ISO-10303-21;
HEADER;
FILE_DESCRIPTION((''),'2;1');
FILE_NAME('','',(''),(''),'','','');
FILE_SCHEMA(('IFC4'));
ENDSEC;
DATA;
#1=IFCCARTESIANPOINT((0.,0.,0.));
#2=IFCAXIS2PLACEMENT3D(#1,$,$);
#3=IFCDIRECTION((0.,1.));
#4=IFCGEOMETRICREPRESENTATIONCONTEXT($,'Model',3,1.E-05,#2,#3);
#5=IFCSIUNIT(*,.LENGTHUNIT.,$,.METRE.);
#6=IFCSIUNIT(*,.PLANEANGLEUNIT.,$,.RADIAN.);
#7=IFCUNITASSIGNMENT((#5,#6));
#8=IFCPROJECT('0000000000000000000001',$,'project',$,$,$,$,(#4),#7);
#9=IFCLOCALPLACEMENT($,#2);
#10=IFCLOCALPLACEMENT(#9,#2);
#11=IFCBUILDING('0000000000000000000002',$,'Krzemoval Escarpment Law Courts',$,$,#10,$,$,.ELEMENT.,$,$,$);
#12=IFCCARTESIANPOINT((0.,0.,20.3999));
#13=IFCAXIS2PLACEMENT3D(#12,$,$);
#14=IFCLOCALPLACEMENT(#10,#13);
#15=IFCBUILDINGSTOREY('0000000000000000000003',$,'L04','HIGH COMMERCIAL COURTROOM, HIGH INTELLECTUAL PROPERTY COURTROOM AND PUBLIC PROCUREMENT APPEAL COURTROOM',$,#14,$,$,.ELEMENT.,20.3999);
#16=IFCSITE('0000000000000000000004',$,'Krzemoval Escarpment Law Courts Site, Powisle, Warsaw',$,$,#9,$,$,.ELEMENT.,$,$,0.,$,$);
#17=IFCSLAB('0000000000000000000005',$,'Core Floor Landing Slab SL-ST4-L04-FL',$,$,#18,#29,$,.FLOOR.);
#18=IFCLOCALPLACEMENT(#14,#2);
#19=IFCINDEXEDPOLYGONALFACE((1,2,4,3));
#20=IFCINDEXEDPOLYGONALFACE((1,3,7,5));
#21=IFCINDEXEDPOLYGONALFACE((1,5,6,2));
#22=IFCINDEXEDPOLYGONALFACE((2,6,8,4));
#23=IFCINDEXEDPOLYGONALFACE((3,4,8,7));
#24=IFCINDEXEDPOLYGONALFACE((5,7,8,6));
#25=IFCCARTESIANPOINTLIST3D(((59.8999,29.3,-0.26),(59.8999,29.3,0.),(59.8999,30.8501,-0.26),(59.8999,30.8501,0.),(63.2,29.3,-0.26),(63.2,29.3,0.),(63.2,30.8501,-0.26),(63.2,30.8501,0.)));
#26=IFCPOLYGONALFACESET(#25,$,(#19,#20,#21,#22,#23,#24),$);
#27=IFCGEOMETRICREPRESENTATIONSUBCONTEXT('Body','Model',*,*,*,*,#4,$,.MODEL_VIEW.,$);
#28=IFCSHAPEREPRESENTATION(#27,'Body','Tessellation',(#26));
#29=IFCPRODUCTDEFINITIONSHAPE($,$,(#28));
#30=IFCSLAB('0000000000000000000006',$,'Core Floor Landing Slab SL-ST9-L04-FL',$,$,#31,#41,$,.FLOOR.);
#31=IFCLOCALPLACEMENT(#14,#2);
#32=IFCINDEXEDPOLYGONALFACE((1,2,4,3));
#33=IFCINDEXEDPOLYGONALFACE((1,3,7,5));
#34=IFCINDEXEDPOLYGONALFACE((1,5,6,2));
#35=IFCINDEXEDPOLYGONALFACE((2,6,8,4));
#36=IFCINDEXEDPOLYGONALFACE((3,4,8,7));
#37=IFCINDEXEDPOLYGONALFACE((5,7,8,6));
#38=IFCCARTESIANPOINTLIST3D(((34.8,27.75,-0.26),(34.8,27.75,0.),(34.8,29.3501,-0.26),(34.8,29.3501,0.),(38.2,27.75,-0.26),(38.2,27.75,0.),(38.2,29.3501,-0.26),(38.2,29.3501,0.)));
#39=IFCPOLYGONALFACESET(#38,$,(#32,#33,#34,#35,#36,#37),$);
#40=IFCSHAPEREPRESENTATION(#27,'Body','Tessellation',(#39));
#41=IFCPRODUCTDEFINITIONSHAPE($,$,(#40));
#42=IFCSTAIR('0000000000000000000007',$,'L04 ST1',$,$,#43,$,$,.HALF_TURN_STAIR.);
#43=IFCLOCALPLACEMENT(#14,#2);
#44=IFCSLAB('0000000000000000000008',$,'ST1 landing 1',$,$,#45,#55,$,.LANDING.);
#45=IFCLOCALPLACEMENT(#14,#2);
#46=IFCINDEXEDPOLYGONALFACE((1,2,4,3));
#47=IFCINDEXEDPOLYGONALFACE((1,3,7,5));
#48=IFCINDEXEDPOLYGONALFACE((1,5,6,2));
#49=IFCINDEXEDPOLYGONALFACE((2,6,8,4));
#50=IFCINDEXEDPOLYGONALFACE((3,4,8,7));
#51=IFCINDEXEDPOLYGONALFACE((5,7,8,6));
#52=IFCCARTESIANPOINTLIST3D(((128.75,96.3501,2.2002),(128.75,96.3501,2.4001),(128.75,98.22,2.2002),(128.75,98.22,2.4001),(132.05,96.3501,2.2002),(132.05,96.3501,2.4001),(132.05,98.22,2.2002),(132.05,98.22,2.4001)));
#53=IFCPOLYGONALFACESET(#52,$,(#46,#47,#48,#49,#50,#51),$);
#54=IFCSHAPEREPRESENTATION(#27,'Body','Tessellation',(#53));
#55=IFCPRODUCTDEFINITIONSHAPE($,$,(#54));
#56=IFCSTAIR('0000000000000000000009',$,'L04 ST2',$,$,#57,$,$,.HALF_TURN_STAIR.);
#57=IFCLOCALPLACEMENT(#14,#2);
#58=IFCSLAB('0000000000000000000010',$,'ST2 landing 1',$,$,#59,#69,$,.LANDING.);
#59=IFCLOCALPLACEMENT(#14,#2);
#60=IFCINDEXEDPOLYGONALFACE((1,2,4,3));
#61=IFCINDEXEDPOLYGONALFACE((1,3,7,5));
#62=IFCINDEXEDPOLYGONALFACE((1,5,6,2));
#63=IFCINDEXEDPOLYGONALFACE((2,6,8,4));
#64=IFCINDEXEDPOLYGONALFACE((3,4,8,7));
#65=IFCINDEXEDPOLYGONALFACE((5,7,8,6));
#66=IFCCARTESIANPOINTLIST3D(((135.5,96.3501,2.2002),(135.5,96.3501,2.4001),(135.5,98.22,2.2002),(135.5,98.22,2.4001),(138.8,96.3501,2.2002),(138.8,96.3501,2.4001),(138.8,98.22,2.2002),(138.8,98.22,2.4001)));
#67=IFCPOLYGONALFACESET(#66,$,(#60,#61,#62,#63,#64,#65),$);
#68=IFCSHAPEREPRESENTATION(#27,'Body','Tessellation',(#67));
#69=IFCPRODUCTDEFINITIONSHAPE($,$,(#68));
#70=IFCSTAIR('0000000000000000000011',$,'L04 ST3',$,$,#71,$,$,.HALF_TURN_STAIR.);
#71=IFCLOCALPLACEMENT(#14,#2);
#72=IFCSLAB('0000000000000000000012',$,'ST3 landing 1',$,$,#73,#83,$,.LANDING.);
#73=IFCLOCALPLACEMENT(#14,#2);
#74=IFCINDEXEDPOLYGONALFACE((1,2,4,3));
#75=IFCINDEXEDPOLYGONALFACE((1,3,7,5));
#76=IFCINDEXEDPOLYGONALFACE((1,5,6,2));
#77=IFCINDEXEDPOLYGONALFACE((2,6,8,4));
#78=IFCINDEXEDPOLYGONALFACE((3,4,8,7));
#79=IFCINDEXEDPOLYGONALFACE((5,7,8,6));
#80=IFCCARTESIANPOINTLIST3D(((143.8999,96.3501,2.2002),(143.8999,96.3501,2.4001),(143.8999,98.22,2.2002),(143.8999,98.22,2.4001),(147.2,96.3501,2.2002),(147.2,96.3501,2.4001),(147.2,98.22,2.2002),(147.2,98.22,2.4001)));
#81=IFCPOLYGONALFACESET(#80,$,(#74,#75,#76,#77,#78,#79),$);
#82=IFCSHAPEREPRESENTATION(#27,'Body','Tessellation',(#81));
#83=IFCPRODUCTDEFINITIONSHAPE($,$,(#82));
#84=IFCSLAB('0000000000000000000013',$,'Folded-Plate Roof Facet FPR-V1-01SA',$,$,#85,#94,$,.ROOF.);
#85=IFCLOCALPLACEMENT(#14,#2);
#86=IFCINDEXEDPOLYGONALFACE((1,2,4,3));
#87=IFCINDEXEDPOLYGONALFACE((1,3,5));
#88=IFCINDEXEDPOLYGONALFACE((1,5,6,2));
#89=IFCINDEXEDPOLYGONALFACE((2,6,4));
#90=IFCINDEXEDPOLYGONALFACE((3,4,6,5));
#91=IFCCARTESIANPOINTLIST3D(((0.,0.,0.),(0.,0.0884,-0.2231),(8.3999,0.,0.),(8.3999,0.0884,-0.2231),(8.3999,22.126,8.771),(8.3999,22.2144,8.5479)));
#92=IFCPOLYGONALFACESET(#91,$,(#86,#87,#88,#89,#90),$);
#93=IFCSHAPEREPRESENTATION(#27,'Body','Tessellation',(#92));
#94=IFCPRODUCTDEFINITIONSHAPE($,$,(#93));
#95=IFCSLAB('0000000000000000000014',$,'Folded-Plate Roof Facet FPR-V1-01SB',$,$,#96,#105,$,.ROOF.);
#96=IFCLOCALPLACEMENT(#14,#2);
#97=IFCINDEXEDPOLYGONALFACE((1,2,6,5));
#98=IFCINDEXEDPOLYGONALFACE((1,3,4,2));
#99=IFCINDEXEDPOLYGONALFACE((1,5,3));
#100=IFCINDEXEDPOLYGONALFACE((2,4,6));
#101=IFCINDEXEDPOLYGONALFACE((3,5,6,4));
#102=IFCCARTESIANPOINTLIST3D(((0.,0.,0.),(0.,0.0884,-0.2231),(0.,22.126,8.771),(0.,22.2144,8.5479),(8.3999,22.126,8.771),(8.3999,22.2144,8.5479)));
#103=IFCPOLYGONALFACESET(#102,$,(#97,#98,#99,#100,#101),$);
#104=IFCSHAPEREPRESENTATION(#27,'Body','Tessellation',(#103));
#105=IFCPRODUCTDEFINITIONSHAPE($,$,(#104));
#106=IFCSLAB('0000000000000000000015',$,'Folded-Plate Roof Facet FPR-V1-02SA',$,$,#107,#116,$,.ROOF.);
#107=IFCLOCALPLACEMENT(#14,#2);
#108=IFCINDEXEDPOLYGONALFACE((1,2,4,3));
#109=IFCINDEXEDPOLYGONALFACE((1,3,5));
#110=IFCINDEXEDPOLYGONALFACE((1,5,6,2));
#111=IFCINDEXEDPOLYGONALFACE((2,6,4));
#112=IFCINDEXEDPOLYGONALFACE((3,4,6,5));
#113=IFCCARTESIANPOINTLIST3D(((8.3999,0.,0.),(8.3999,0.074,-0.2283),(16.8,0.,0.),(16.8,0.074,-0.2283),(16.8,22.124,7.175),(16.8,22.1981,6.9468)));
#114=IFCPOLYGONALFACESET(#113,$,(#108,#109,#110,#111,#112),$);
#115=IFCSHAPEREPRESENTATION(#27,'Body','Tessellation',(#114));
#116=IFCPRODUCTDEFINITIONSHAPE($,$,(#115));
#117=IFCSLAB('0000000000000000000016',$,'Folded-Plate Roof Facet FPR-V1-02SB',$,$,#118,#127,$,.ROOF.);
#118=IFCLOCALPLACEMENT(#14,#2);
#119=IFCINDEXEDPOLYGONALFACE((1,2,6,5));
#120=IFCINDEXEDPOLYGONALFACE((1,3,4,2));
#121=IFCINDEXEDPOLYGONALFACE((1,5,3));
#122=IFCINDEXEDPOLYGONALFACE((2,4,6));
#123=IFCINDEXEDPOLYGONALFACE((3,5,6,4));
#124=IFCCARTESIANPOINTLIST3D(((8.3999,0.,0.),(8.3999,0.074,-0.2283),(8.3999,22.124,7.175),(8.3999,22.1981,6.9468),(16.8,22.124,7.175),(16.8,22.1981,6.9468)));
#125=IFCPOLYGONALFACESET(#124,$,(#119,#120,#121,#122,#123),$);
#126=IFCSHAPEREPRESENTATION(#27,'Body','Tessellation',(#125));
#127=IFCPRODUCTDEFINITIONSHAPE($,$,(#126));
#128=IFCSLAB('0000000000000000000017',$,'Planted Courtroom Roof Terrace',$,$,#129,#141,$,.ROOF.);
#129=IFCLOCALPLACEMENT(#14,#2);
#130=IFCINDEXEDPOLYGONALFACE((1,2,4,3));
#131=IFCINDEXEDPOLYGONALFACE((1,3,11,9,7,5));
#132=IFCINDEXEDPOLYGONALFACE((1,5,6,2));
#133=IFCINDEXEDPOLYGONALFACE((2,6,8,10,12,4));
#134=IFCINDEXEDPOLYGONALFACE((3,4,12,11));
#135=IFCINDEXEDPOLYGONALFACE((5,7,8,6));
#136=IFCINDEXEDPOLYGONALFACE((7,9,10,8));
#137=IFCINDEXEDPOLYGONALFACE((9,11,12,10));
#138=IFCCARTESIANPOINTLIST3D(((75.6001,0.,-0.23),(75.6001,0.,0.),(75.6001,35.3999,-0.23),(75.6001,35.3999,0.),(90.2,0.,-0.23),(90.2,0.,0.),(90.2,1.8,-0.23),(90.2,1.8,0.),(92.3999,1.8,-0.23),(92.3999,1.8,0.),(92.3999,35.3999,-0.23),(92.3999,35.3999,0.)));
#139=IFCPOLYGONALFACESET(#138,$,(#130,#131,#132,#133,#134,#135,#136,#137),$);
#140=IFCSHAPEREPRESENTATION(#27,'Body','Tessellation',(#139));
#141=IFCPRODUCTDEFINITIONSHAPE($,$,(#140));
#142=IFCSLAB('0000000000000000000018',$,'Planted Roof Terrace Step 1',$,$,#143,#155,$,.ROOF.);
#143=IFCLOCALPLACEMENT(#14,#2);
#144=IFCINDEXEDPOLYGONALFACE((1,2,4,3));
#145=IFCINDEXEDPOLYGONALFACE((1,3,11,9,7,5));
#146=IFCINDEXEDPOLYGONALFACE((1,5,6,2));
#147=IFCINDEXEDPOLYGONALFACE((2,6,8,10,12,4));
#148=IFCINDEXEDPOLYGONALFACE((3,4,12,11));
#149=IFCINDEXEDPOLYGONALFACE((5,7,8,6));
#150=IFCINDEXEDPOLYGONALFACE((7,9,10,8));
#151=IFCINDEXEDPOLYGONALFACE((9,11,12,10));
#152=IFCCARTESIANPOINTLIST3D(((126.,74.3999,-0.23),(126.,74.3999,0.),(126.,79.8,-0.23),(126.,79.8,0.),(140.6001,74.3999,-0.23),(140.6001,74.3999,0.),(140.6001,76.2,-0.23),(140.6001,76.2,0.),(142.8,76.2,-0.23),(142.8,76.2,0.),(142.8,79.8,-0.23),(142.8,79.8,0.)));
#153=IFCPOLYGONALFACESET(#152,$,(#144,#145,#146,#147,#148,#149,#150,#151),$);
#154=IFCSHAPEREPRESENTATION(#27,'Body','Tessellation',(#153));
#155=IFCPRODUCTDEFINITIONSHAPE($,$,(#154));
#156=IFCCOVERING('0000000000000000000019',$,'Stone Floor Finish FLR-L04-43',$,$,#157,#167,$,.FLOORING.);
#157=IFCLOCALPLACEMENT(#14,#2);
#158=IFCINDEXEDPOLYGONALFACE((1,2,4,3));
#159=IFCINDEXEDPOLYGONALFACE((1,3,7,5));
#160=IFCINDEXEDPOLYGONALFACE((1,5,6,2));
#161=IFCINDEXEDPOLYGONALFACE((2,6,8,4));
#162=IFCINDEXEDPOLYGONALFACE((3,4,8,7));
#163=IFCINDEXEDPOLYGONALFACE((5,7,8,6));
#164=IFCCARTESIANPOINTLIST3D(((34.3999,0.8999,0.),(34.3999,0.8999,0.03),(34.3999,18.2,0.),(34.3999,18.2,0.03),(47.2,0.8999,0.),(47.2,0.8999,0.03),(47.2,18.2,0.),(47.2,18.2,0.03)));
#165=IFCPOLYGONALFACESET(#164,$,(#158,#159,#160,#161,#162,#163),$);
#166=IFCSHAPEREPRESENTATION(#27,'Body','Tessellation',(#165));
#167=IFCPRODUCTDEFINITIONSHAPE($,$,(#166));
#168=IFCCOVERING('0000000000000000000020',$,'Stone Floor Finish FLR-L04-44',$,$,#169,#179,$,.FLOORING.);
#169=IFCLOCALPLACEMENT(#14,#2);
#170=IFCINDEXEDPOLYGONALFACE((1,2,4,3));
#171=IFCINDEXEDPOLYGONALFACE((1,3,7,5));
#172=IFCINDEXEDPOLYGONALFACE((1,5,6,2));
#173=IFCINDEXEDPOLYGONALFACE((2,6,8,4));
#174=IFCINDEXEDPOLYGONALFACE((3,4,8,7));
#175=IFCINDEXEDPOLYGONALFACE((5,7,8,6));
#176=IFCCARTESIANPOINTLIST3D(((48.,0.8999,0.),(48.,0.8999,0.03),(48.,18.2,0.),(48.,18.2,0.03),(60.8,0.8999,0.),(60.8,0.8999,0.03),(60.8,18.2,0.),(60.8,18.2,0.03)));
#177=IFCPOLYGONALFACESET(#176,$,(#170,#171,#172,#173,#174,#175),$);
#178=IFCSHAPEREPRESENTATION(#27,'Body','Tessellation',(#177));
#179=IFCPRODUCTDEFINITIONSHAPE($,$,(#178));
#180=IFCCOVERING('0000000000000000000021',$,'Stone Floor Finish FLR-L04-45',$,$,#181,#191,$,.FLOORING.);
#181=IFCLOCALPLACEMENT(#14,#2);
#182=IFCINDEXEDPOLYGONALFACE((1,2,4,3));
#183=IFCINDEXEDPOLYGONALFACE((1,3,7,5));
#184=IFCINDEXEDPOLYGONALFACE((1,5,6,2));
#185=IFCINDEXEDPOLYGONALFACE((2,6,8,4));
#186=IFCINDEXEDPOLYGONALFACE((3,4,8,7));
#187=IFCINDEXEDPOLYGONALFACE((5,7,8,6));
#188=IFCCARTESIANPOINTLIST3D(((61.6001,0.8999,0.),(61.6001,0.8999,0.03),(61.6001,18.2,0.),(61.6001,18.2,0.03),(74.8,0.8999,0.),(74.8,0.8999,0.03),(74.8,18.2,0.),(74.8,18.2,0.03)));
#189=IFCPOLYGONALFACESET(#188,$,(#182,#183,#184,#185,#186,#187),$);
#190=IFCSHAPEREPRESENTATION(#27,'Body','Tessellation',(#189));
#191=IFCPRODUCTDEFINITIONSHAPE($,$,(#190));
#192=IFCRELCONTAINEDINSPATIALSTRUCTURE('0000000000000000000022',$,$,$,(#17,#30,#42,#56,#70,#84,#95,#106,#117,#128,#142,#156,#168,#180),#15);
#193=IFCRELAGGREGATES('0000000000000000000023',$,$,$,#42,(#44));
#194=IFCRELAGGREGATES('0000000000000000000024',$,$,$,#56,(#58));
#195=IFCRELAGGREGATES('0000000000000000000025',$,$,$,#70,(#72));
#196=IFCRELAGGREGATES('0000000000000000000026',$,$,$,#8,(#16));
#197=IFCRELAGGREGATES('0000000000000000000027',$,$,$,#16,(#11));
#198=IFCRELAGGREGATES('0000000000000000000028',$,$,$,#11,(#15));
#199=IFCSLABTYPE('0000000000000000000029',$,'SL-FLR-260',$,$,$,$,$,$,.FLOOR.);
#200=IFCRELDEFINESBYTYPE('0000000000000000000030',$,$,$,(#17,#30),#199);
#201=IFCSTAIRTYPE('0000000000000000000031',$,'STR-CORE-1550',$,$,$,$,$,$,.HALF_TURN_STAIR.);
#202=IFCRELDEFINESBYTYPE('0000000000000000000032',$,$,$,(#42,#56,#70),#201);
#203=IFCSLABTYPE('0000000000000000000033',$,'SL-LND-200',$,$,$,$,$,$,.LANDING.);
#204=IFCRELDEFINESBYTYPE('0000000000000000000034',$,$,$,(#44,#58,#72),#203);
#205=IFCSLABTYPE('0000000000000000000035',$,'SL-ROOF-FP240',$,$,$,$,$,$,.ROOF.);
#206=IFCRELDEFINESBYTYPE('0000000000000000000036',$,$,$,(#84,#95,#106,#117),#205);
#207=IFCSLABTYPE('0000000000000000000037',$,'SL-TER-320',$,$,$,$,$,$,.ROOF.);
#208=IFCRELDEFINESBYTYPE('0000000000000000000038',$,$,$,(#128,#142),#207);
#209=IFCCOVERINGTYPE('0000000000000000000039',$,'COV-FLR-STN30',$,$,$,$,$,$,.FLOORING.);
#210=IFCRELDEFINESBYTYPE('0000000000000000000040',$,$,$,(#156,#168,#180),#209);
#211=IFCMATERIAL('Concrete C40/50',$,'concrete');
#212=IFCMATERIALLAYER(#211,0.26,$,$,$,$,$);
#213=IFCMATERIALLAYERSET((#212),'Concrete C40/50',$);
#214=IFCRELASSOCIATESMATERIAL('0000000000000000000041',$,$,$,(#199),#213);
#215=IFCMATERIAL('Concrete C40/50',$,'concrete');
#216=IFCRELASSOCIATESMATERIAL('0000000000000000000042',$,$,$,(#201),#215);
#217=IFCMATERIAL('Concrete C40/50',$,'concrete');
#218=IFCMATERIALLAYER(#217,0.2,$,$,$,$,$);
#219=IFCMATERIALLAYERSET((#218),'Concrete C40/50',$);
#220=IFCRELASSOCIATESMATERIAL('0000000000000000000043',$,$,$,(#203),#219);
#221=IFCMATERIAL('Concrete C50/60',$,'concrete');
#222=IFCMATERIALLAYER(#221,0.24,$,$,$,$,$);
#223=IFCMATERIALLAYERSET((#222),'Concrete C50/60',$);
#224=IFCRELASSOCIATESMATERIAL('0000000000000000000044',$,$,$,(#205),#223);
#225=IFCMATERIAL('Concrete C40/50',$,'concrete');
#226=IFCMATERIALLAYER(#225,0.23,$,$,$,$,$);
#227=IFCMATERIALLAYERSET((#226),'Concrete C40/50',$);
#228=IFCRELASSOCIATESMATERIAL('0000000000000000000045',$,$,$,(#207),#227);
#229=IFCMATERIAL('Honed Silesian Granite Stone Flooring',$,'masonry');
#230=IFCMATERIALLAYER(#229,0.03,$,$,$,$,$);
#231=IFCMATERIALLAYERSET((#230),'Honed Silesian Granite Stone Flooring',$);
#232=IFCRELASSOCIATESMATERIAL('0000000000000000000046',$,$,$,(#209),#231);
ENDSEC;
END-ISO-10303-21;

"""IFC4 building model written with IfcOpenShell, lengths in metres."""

from ifc_helpers import new_model, si_unit, direction, frame, origin, place, context, subcontext, project, spatial, polyline, outline, extrude, material, layer, layer_set, type_object, element, aggregate, save


model = new_model("IFC4")

# Units and contexts
model_context = context("Model", 3, precision=1e-05, world=origin(), true_north=direction((0.0, 1.0)))
body_context = subcontext(model_context, "Body", "Model", "MODEL_VIEW")
ifc_project = project(units=[si_unit("LENGTHUNIT", "METRE"), si_unit("PLANEANGLEUNIT", "RADIAN")], contexts=[model_context])

# Site, building, storey
site_placement = place(None, origin())
site = spatial("IfcSite", under=ifc_project, at=site_placement, Name="Krzemoval Escarpment Law Courts Site, Powisle, Warsaw", CompositionType="ELEMENT", RefElevation=0.0)
building_placement = place(site_placement, origin())
building = spatial("IfcBuilding", under=site, at=building_placement, Name="Krzemoval Escarpment Law Courts", CompositionType="ELEMENT")
storey_placement = place(building_placement, frame((0.0, 0.0, 20.3999)))
storey = spatial("IfcBuildingStorey", under=building, at=storey_placement, Name="L04", Description="HIGH COMMERCIAL COURTROOM, HIGH INTELLECTUAL PROPERTY COURTROOM AND PUBLIC PROCUREMENT APPEAL COURTROOM", CompositionType="ELEMENT", Elevation=20.3999)

# Slabs
ifc_material_1 = material(Name="Concrete C40/50", Category="concrete")
ifc_layer_1 = layer(ifc_material_1, 0.26)
ifc_layer_set_1 = layer_set([ifc_layer_1], Name="Concrete C40/50")
slab_type_1 = type_object("IfcSlabType", Name="SL-FLR-260", PredefinedType="FLOOR", material=ifc_layer_set_1)
slab_1_placement = place(storey_placement, frame((0.0, 0.0, -0.26)))
element("IfcSlab", 1, at=slab_1_placement, inside=storey, type_object=slab_type_1, Name="Core Floor Landing Slab SL-ST4-L04-FL", PredefinedType="FLOOR", context=body_context, shape_type="SweptSolid", body=[
    extrude(outline(polyline([(59.8999, 30.8501), (59.8999, 29.3), (63.2, 29.3), (63.2, 30.8501), (59.8999, 30.8501)])), origin(), (0.0, 0.0, 1.0), 0.26),
])
slab_2_placement = place(storey_placement, frame((0.0, 0.0, -0.26)))
element("IfcSlab", 2, at=slab_2_placement, inside=storey, type_object=slab_type_1, Name="Core Floor Landing Slab SL-ST9-L04-FL", PredefinedType="FLOOR", context=body_context, shape_type="SweptSolid", body=[
    extrude(outline(polyline([(38.2, 27.75), (38.2, 29.3501), (34.8, 29.3501), (34.8, 27.75), (38.2, 27.75)])), origin(), (0.0, 0.0, 1.0), 0.26),
])

# Stairs, slabs
ifc_material_2 = material(Name="Concrete C40/50", Category="concrete")
stair_type = type_object("IfcStairType", Name="STR-CORE-1550", PredefinedType="HALF_TURN_STAIR", material=ifc_material_2)
stair_1_placement = place(storey_placement, origin())
stair_1 = element("IfcStair", 3, at=stair_1_placement, inside=storey, type_object=stair_type, Name="L04 ST1", PredefinedType="HALF_TURN_STAIR")
ifc_material_3 = material(Name="Concrete C40/50", Category="concrete")
ifc_layer_2 = layer(ifc_material_3, 0.2)
ifc_layer_set_2 = layer_set([ifc_layer_2], Name="Concrete C40/50")
slab_type_2 = type_object("IfcSlabType", Name="SL-LND-200", PredefinedType="LANDING", material=ifc_layer_set_2)
slab_3_placement = place(storey_placement, frame((0.0, 0.0, 2.2002)))
slab_3 = element("IfcSlab", 4, at=slab_3_placement, type_object=slab_type_2, Name="ST1 landing 1", PredefinedType="LANDING", context=body_context, shape_type="SweptSolid", body=[
    extrude(outline(polyline([(128.75, 98.22), (128.75, 96.3501), (132.05, 96.3501), (132.05, 98.22), (128.75, 98.22)])), origin(), (0.0, 0.0, 1.0), 0.2),
])
aggregate(stair_1, [slab_3])
stair_2_placement = place(storey_placement, origin())
stair_2 = element("IfcStair", 5, at=stair_2_placement, inside=storey, type_object=stair_type, Name="L04 ST2", PredefinedType="HALF_TURN_STAIR")
slab_4_placement = place(storey_placement, frame((0.0, 0.0, 2.2002)))
slab_4 = element("IfcSlab", 6, at=slab_4_placement, type_object=slab_type_2, Name="ST2 landing 1", PredefinedType="LANDING", context=body_context, shape_type="SweptSolid", body=[
    extrude(outline(polyline([(135.5, 98.22), (135.5, 96.3501), (138.8, 96.3501), (138.8, 98.22), (135.5, 98.22)])), origin(), (0.0, 0.0, 1.0), 0.2),
])
aggregate(stair_2, [slab_4])
stair_3_placement = place(storey_placement, origin())
stair_3 = element("IfcStair", 7, at=stair_3_placement, inside=storey, type_object=stair_type, Name="L04 ST3", PredefinedType="HALF_TURN_STAIR")
slab_5_placement = place(storey_placement, frame((0.0, 0.0, 2.2002)))
slab_5 = element("IfcSlab", 8, at=slab_5_placement, type_object=slab_type_2, Name="ST3 landing 1", PredefinedType="LANDING", context=body_context, shape_type="SweptSolid", body=[
    extrude(outline(polyline([(143.8999, 98.22), (143.8999, 96.3501), (147.2, 96.3501), (147.2, 98.22), (143.8999, 98.22)])), origin(), (0.0, 0.0, 1.0), 0.2),
])
aggregate(stair_3, [slab_5])

# Slabs
ifc_material_4 = material(Name="Concrete C50/60", Category="concrete")
ifc_layer_3 = layer(ifc_material_4, 0.24)
ifc_layer_set_3 = layer_set([ifc_layer_3], Name="Concrete C50/60")
slab_type_3 = type_object("IfcSlabType", Name="SL-ROOF-FP240", PredefinedType="ROOF", material=ifc_layer_set_3)
slab_6_placement = place(storey_placement, frame((0.0, 0.0, 0.0), z_axis=(0.0, -0.368513, 0.929622), x_axis=(1.0, 0.0, 0.0)))
element("IfcSlab", 9, at=slab_6_placement, inside=storey, type_object=slab_type_3, Name="Folded-Plate Roof Facet FPR-V1-01SA", PredefinedType="ROOF", context=body_context, shape_type="SweptSolid", body=[
    extrude(outline(polyline([(0.0, 0.0), (8.3999, 0.0), (8.3999, 23.801), (0.0, 0.0)])), origin(), (0.0, 0.0, -1.0), 0.24),
])
slab_7_placement = place(storey_placement, frame((0.0, 0.0, 0.0), z_axis=(0.0, -0.368513, 0.929622), x_axis=(0.332804, 0.87663, 0.347507)))
element("IfcSlab", 10, at=slab_7_placement, inside=storey, type_object=slab_type_3, Name="Folded-Plate Roof Facet FPR-V1-01SB", PredefinedType="ROOF", context=body_context, shape_type="SweptSolid", body=[
    extrude(outline(polyline([(0.0, 0.0), (25.2398, 0.0), (22.4443, 7.9211), (0.0, 0.0)])), origin(), (0.0, 0.0, -1.0), 0.24),
])
slab_8_placement = place(storey_placement, frame((8.3999, 0.0, 0.0), z_axis=(0.0, -0.308493, 0.951227), x_axis=(1.0, 0.0, 0.0)))
element("IfcSlab", 11, at=slab_8_placement, inside=storey, type_object=slab_type_3, Name="Folded-Plate Roof Facet FPR-V1-02SA", PredefinedType="ROOF", context=body_context, shape_type="SweptSolid", body=[
    extrude(outline(polyline([(0.0, 0.0), (8.4001, 0.0), (8.4001, 23.2584), (0.0, 0.0)])), origin(), (0.0, 0.0, -1.0), 0.24),
])
slab_9_placement = place(storey_placement, frame((8.3999, 0.0, 0.0), z_axis=(0.0, -0.308493, 0.951227), x_axis=(0.33969, 0.894664, 0.290149)))
element("IfcSlab", 12, at=slab_9_placement, inside=storey, type_object=slab_type_3, Name="Folded-Plate Roof Facet FPR-V1-02SB", PredefinedType="ROOF", context=body_context, shape_type="SweptSolid", body=[
    extrude(outline(polyline([(0.0, 0.0), (24.7289, 0.0), (21.8754, 7.9007), (0.0, 0.0)])), origin(), (0.0, 0.0, -1.0), 0.24),
])
ifc_material_5 = material(Name="Concrete C40/50", Category="concrete")
ifc_layer_4 = layer(ifc_material_5, 0.23)
ifc_layer_set_4 = layer_set([ifc_layer_4], Name="Concrete C40/50")
slab_type_4 = type_object("IfcSlabType", Name="SL-TER-320", PredefinedType="ROOF", material=ifc_layer_set_4)
slab_10_placement = place(storey_placement, frame((0.0, 0.0, -0.23)))
element("IfcSlab", 13, at=slab_10_placement, inside=storey, type_object=slab_type_4, Name="Planted Courtroom Roof Terrace", PredefinedType="ROOF", context=body_context, shape_type="SweptSolid", body=[
    extrude(outline(polyline([(75.6001, 35.3999), (92.3999, 35.3999), (92.3999, 1.8), (90.2, 1.8), (90.2, 0.0), (75.6001, 0.0), (75.6001, 35.3999)])), origin(), (0.0, 0.0, 1.0), 0.23),
])
slab_11_placement = place(storey_placement, frame((0.0, 0.0, -0.23)))
element("IfcSlab", 14, at=slab_11_placement, inside=storey, type_object=slab_type_4, Name="Planted Roof Terrace Step 1", PredefinedType="ROOF", context=body_context, shape_type="SweptSolid", body=[
    extrude(outline(polyline([(126.0, 79.8), (142.8, 79.8), (142.8, 76.2), (140.6001, 76.2), (140.6001, 74.3999), (126.0, 74.3999), (126.0, 79.8)])), origin(), (0.0, 0.0, 1.0), 0.23),
])

# Coverings
ifc_material_6 = material(Name="Honed Silesian Granite Stone Flooring", Category="masonry")
ifc_layer_5 = layer(ifc_material_6, 0.03)
ifc_layer_set_5 = layer_set([ifc_layer_5], Name="Honed Silesian Granite Stone Flooring")
covering_type = type_object("IfcCoveringType", Name="COV-FLR-STN30", PredefinedType="FLOORING", material=ifc_layer_set_5)
covering_1_placement = place(storey_placement, origin())
element("IfcCovering", 15, at=covering_1_placement, inside=storey, type_object=covering_type, Name="Stone Floor Finish FLR-L04-43", PredefinedType="FLOORING", context=body_context, shape_type="SweptSolid", body=[
    extrude(outline(polyline([(34.3999, 0.8999), (34.3999, 18.2), (47.2, 18.2), (47.2, 0.8999), (34.3999, 0.8999)])), origin(), (0.0, 0.0, 1.0), 0.03),
])
covering_2_placement = place(storey_placement, origin())
element("IfcCovering", 16, at=covering_2_placement, inside=storey, type_object=covering_type, Name="Stone Floor Finish FLR-L04-44", PredefinedType="FLOORING", context=body_context, shape_type="SweptSolid", body=[
    extrude(outline(polyline([(48.0, 0.8999), (48.0, 18.2), (60.8, 18.2), (60.8, 0.8999), (48.0, 0.8999)])), origin(), (0.0, 0.0, 1.0), 0.03),
])
covering_3_placement = place(storey_placement, origin())
element("IfcCovering", 17, at=covering_3_placement, inside=storey, type_object=covering_type, Name="Stone Floor Finish FLR-L04-45", PredefinedType="FLOORING", context=body_context, shape_type="SweptSolid", body=[
    extrude(outline(polyline([(61.6001, 0.8999), (61.6001, 18.2), (74.8, 18.2), (74.8, 0.8999), (61.6001, 0.8999)])), origin(), (0.0, 0.0, 1.0), 0.03),
])

save(model, "model.ifc")
